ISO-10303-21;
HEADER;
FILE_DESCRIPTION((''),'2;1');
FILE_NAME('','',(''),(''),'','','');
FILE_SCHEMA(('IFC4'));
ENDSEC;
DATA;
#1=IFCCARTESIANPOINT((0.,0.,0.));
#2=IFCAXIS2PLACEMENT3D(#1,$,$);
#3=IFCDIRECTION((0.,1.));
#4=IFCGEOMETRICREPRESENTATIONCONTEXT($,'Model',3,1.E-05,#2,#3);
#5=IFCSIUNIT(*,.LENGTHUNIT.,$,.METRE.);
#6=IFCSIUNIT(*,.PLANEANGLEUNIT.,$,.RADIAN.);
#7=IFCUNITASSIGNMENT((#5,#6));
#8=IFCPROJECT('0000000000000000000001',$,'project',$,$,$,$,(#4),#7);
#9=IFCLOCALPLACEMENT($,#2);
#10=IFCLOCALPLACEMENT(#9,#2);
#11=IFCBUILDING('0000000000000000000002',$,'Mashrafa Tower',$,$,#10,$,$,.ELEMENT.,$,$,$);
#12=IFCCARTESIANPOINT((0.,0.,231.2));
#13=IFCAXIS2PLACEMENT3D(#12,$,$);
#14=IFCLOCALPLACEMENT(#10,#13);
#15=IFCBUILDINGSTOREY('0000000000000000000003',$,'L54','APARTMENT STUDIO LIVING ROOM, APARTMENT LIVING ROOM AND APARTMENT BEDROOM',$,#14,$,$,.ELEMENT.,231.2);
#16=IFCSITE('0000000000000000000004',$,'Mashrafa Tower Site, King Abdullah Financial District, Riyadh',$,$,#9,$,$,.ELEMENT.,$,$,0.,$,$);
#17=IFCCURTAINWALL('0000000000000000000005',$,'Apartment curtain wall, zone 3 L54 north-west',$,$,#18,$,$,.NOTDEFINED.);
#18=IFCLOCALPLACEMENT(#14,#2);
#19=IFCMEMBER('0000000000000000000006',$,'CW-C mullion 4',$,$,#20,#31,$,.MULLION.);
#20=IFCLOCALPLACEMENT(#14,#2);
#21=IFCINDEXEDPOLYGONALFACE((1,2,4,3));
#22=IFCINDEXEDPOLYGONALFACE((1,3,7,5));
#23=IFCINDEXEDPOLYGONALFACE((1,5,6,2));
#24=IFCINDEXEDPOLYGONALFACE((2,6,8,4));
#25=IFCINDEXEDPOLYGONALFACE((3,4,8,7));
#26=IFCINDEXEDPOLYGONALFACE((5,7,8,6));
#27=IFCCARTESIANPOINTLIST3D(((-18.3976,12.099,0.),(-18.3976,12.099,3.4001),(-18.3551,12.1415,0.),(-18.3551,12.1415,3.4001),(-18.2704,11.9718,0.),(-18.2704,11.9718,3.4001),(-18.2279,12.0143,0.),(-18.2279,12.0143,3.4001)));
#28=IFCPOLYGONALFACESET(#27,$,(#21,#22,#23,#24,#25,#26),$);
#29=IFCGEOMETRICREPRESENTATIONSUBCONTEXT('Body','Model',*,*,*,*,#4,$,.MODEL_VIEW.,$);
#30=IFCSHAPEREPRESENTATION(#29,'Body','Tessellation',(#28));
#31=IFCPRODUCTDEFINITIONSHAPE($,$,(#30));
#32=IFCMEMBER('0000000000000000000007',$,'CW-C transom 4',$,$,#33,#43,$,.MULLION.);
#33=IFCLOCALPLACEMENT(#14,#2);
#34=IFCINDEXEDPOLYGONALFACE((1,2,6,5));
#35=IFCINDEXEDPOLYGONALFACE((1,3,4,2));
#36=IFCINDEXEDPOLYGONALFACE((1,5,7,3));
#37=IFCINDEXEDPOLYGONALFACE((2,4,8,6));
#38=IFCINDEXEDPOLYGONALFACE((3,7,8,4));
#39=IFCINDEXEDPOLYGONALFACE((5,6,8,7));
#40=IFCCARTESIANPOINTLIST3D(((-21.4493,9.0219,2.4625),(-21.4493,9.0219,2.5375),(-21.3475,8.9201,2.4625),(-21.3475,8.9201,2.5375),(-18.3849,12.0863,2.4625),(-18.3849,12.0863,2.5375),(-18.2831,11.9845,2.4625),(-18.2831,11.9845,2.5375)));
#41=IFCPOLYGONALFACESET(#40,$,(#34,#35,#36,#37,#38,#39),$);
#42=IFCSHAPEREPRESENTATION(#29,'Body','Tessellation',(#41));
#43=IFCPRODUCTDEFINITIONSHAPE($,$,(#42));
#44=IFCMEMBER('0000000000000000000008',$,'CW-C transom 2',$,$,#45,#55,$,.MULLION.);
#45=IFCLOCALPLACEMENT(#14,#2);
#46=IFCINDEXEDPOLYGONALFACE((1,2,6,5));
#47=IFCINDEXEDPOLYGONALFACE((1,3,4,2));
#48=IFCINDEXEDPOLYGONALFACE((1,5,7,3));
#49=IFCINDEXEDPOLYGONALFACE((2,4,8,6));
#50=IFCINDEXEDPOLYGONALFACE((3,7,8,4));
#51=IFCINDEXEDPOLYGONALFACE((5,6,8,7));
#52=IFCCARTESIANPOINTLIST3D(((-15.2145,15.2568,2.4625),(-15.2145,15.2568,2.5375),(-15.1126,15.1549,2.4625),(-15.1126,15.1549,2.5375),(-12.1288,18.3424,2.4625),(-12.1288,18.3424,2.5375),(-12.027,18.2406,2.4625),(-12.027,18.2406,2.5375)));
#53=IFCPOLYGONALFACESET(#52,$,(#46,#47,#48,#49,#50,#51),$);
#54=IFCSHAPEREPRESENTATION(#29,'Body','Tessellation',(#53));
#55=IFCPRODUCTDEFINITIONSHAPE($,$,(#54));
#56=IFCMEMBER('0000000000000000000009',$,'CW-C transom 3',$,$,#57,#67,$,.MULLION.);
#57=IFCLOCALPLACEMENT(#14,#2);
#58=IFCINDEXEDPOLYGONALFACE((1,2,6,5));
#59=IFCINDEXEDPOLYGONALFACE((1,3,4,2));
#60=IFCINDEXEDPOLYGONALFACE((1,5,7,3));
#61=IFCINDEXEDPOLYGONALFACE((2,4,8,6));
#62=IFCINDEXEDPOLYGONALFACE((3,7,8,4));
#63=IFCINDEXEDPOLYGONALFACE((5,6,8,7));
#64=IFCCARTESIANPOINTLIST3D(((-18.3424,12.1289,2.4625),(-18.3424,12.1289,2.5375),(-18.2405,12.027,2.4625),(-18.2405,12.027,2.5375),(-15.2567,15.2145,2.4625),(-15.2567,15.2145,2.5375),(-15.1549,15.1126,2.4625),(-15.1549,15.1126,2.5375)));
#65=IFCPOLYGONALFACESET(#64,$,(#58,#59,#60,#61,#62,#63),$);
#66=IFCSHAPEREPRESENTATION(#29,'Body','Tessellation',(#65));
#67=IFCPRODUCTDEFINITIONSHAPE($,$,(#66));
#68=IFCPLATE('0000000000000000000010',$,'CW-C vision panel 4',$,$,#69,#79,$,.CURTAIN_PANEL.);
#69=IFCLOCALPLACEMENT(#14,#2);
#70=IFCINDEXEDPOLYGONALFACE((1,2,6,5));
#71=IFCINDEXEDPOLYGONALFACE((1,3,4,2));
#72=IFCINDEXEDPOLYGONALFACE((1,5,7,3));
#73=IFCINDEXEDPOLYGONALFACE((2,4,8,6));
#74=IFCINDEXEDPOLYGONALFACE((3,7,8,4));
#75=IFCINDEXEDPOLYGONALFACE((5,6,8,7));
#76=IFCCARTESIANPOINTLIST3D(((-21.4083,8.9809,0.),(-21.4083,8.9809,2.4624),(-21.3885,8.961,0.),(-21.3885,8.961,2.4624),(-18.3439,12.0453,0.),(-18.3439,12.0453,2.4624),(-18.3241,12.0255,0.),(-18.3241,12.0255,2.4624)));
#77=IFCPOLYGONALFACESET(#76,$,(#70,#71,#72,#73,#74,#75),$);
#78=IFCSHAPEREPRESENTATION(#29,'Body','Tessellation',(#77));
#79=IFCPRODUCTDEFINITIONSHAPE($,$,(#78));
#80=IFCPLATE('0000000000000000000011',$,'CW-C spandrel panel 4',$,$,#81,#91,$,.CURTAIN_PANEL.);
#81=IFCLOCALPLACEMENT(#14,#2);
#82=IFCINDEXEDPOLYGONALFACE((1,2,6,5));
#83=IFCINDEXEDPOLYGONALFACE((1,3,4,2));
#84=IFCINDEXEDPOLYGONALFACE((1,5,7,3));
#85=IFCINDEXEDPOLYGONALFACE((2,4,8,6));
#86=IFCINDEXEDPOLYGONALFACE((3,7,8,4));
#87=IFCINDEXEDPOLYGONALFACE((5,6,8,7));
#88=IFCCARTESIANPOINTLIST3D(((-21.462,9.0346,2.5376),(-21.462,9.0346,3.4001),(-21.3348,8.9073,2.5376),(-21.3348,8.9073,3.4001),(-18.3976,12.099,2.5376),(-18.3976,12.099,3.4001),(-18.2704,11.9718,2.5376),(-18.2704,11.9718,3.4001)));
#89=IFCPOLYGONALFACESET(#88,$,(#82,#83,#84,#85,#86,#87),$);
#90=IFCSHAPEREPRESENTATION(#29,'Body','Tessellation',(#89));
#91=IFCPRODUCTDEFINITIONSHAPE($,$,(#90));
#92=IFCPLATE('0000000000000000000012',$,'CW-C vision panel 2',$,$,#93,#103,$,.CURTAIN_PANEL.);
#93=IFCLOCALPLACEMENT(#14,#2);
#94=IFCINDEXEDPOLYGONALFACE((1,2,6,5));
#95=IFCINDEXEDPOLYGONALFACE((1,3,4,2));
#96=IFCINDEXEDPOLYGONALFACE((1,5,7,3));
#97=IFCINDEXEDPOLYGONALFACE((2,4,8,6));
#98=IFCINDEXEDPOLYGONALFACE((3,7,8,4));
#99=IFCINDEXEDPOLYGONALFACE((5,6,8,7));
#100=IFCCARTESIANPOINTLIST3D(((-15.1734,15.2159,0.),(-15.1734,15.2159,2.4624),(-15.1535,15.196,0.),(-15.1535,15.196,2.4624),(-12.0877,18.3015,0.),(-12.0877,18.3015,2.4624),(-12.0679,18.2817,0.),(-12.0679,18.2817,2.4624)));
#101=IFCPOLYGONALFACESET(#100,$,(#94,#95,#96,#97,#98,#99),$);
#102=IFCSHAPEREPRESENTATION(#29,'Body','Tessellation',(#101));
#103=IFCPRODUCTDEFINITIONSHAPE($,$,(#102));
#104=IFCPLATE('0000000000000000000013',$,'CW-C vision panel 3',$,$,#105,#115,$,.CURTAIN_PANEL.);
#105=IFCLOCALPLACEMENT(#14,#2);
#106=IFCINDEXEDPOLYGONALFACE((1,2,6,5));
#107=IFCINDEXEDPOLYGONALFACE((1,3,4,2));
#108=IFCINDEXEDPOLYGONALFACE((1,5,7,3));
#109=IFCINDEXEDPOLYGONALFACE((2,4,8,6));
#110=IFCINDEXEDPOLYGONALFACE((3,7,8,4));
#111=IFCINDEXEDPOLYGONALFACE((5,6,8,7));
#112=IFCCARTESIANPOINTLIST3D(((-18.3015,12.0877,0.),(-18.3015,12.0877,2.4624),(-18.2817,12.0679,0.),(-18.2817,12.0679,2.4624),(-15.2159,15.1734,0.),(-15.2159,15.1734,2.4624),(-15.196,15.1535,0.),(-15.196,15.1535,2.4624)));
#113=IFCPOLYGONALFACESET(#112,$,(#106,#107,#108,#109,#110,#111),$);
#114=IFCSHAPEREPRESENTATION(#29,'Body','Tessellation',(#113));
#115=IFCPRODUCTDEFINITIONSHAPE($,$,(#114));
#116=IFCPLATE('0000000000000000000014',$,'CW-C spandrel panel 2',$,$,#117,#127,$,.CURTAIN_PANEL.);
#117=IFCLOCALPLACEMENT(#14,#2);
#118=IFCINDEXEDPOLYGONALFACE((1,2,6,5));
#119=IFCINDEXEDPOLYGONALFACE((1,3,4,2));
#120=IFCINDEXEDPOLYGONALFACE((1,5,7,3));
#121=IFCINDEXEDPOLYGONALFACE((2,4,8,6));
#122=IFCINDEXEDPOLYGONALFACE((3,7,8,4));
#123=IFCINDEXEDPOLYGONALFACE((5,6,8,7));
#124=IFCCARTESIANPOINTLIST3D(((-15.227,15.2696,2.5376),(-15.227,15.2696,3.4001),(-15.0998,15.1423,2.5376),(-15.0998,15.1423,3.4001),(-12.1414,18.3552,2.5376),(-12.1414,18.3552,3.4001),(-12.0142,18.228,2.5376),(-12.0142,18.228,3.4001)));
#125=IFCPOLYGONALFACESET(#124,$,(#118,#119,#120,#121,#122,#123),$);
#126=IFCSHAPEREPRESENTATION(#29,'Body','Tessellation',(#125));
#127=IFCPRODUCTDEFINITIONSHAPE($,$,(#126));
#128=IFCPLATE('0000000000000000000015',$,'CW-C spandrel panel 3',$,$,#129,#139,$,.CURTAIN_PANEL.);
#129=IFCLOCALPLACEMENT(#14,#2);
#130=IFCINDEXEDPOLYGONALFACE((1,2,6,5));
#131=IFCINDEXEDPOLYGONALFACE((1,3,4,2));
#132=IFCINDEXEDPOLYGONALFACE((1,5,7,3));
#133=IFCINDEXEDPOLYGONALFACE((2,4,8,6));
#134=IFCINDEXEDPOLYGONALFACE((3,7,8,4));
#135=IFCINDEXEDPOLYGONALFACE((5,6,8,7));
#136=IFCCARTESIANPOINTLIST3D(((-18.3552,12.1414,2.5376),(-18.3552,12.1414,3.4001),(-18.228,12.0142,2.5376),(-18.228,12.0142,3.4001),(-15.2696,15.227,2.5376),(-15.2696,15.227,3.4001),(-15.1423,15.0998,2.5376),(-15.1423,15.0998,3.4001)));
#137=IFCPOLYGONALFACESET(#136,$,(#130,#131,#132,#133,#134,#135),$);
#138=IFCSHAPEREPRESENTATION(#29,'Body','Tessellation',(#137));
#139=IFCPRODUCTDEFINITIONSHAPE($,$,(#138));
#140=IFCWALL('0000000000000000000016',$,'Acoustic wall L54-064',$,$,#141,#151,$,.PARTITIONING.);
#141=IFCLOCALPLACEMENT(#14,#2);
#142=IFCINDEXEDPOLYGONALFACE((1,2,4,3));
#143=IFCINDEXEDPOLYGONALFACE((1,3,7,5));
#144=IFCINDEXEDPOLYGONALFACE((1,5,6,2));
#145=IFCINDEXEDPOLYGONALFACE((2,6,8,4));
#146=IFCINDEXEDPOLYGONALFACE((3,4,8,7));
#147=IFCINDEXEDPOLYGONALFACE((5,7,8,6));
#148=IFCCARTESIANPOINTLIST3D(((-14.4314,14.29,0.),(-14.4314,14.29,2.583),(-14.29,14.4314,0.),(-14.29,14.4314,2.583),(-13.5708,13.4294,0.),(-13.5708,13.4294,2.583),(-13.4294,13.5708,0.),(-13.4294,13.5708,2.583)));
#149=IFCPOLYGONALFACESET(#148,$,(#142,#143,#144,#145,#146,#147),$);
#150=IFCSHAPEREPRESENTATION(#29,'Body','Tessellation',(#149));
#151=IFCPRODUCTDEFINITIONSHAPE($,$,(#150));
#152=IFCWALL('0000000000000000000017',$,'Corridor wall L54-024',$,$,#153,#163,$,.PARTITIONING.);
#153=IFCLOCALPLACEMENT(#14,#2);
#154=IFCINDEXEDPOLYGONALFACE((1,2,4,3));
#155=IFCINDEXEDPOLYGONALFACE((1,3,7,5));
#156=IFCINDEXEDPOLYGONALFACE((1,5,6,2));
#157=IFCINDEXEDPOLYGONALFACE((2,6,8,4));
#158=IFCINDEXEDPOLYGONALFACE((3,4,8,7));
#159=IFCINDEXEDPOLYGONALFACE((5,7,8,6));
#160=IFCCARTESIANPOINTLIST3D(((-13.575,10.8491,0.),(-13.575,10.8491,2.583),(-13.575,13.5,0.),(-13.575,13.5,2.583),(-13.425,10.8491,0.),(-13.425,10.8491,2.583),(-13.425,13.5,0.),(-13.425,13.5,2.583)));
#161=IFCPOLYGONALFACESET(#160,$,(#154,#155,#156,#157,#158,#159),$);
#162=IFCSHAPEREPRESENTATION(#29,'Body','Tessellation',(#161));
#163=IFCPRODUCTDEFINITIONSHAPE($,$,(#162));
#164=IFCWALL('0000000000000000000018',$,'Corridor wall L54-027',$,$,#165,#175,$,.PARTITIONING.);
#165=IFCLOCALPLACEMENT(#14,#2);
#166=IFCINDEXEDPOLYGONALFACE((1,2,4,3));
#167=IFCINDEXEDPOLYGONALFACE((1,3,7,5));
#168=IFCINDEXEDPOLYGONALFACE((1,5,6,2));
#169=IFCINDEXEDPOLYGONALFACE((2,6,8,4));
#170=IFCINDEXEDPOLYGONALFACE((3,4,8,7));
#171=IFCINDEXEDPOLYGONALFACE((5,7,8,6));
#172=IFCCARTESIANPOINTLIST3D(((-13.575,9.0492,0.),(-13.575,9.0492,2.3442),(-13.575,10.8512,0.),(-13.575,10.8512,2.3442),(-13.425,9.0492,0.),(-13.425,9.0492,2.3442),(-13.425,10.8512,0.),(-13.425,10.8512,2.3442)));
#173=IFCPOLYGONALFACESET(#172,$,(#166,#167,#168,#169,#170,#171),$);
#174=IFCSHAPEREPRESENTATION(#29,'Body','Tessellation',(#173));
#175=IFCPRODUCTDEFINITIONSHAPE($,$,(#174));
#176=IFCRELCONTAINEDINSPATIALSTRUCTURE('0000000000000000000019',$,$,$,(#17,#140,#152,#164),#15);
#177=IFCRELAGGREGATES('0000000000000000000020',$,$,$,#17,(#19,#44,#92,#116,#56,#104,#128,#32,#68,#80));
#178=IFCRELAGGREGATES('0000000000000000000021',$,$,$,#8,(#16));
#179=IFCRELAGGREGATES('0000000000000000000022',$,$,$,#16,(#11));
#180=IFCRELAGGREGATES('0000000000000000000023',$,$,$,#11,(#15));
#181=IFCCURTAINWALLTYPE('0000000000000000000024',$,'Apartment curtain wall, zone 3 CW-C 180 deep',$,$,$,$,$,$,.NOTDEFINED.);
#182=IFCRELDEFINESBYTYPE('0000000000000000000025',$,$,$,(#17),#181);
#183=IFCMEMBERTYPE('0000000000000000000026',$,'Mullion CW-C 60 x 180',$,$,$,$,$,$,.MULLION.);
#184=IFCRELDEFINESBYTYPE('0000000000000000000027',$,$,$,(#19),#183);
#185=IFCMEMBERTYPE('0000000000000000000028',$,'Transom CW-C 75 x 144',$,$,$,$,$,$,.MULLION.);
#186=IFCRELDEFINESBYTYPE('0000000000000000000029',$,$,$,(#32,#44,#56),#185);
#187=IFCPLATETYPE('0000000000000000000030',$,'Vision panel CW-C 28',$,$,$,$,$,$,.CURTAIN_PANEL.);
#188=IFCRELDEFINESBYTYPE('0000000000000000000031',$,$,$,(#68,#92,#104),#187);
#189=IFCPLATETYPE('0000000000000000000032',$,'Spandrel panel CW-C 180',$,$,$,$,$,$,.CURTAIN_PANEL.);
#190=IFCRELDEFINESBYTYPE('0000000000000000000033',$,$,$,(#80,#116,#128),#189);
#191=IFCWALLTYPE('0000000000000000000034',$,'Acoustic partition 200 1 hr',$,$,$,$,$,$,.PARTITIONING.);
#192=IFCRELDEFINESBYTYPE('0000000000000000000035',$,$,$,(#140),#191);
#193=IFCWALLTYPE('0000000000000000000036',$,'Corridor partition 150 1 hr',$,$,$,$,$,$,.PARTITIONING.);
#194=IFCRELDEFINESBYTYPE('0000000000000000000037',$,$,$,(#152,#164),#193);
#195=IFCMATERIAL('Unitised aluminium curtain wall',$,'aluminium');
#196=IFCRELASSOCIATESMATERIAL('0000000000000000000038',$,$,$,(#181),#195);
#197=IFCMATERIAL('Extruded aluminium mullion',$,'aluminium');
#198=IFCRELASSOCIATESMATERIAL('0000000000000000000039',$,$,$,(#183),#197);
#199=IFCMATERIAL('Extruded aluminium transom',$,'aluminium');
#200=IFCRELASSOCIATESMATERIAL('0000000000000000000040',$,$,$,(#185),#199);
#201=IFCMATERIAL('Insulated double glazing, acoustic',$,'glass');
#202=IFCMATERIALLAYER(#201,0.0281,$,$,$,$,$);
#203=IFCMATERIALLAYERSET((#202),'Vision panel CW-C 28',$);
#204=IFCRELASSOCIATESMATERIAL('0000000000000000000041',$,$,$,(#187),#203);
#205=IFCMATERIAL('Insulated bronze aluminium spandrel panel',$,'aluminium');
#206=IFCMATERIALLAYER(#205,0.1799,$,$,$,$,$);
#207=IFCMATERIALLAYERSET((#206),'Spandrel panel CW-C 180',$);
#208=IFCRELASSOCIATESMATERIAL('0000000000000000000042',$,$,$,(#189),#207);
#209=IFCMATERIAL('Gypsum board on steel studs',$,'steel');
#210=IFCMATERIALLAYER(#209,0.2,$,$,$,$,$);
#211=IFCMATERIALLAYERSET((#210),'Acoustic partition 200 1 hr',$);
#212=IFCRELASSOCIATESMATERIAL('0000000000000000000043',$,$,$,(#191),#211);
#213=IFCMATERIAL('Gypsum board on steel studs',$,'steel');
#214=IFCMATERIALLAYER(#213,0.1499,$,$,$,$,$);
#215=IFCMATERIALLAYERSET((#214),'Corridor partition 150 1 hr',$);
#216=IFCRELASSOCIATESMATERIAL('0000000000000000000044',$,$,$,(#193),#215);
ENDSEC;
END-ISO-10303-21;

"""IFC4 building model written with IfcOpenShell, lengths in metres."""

from ifc_helpers import new_model, si_unit, direction, frame, frame_2d, origin, origin_2d, place, context, subcontext, project, spatial, rectangle, extrude, source, transform, mapped, material, layer, layer_set, material_profile, profile_set, type_object, type_shapes, element, aggregate, save


model = new_model("IFC4")

# Units and contexts
model_context = context("Model", 3, precision=1e-05, world=origin(), true_north=direction((0.0, 1.0)))
body_context = subcontext(model_context, "Body", "Model", "MODEL_VIEW")
ifc_project = project(units=[si_unit("LENGTHUNIT", "METRE"), si_unit("PLANEANGLEUNIT", "RADIAN")], contexts=[model_context])

# Site, building, storey
site_placement = place(None, origin())
site = spatial("IfcSite", under=ifc_project, at=site_placement, Name="Mashrafa Tower Site, King Abdullah Financial District, Riyadh", CompositionType="ELEMENT", RefElevation=0.0)
building_placement = place(site_placement, origin())
building = spatial("IfcBuilding", under=site, at=building_placement, Name="Mashrafa Tower", CompositionType="ELEMENT")
storey_placement = place(building_placement, frame((0.0, 0.0, 231.2)))
storey = spatial("IfcBuildingStorey", under=building, at=storey_placement, Name="L54", Description="APARTMENT STUDIO LIVING ROOM, APARTMENT LIVING ROOM AND APARTMENT BEDROOM", CompositionType="ELEMENT", Elevation=231.2)

# Curtain wall, members, plates
ifc_material_1 = material(Name="Unitised aluminium curtain wall", Category="aluminium")
curtain_wall_type = type_object("IfcCurtainWallType", Name="Apartment curtain wall, zone 3 CW-C 180 deep", PredefinedType="NOTDEFINED", material=ifc_material_1)
curtain_wall_placement = place(storey_placement, origin())
curtain_wall = element("IfcCurtainWall", 1, at=curtain_wall_placement, inside=storey, type_object=curtain_wall_type, Name="Apartment curtain wall, zone 3 L54 north-west", PredefinedType="NOTDEFINED")
ifc_material_2 = material(Name="Extruded aluminium mullion", Category="aluminium")
ifc_material_profile_1 = material_profile(ifc_material_2, rectangle(XDim=0.1799, YDim=0.0601, at=origin_2d()), Name="Mullion 60x180")
ifc_profile_set_1 = profile_set([ifc_material_profile_1], Name="Extruded aluminium mullion")
member_type_1 = type_object("IfcMemberType", Name="Mullion CW-C 60 x 180", PredefinedType="MULLION", material=ifc_profile_set_1)
shared_shape_1 = source(origin(), body_context, "Body", "SweptSolid", [
    extrude(rectangle(XDim=0.1799, YDim=0.0601, at=origin_2d()), origin(), (0.0, 0.0, 1.0), 3.4001),
])
type_shapes(member_type_1, [shared_shape_1])
member_1_placement = place(storey_placement, frame((-18.3127, 12.0566, 0.0), z_axis=(0.0, 0.0, 1.0), x_axis=(0.707107, -0.707107, 0.0)))
member_1 = element("IfcMember", 2, at=member_1_placement, type_object=member_type_1, Name="CW-C mullion 4", PredefinedType="MULLION", context=body_context, shape_type="MappedRepresentation", body=[
    mapped(shared_shape_1, transform((0.0, 0.0, 0.0))),
])
ifc_material_3 = material(Name="Extruded aluminium transom", Category="aluminium")
ifc_material_profile_2 = material_profile(ifc_material_3, rectangle(XDim=0.144, YDim=0.075, at=origin_2d()), Name="Transom 75x144")
ifc_profile_set_2 = profile_set([ifc_material_profile_2], Name="Extruded aluminium transom")
member_type_2 = type_object("IfcMemberType", Name="Transom CW-C 75 x 144", PredefinedType="MULLION", material=ifc_profile_set_2)
shared_shape_2 = source(origin(), body_context, "Body", "SweptSolid", [
    extrude(rectangle(XDim=0.144, YDim=0.075, at=origin_2d()), origin(), (0.0, 0.0, 1.0), 4.3337),
])
member_2_placement = place(storey_placement, frame((-18.334, 12.0354, 2.5), z_axis=(-0.707107, -0.707107, 0.0), x_axis=(0.707107, -0.707107, 0.0)))
member_2 = element("IfcMember", 3, at=member_2_placement, type_object=member_type_2, Name="CW-C transom 4", PredefinedType="MULLION", context=body_context, shape_type="MappedRepresentation", body=[
    mapped(shared_shape_2, transform((0.0, 0.0, 0.0))),
])
shared_shape_3 = source(origin(), body_context, "Body", "SweptSolid", [
    extrude(rectangle(XDim=0.144, YDim=0.075, at=origin_2d()), origin(), (0.0, 0.0, 1.0), 4.3638),
])
type_shapes(member_type_2, [shared_shape_2, shared_shape_3])
member_3_placement = place(storey_placement, frame((-12.0779, 18.2915, 2.5), z_axis=(-0.707107, -0.707107, 0.0), x_axis=(0.707107, -0.707107, 0.0)))
member_3 = element("IfcMember", 4, at=member_3_placement, type_object=member_type_2, Name="CW-C transom 2", PredefinedType="MULLION", context=body_context, shape_type="MappedRepresentation", body=[
    mapped(shared_shape_3, transform((0.0, 0.0, 0.0))),
])
member_4_placement = place(storey_placement, frame((-15.2058, 15.1636, 2.5), z_axis=(-0.707107, -0.707107, 0.0), x_axis=(0.707107, -0.707107, 0.0)))
member_4 = element("IfcMember", 5, at=member_4_placement, type_object=member_type_2, Name="CW-C transom 3", PredefinedType="MULLION", context=body_context, shape_type="MappedRepresentation", body=[
    mapped(shared_shape_3, transform((0.0, 0.0, 0.0))),
])
ifc_material_4 = material(Name="Insulated double glazing, acoustic", Category="glass")
ifc_layer_1 = layer(ifc_material_4, 0.0281)
ifc_layer_set_1 = layer_set([ifc_layer_1], Name="Vision panel CW-C 28")
plate_type_1 = type_object("IfcPlateType", Name="Vision panel CW-C 28", PredefinedType="CURTAIN_PANEL", material=ifc_layer_set_1)
shared_shape_4 = source(origin(), body_context, "Body", "SweptSolid", [
    extrude(rectangle(XDim=4.3337, YDim=0.0281, at=origin_2d()), origin(), (0.0, 0.0, 1.0), 2.4624),
])
plate_1_placement = place(storey_placement, frame((-19.8662, 10.5032, 0.0), z_axis=(0.0, 0.0, 1.0), x_axis=(-0.707107, -0.707107, 0.0)))
plate_1 = element("IfcPlate", 6, at=plate_1_placement, type_object=plate_type_1, Name="CW-C vision panel 4", PredefinedType="CURTAIN_PANEL", context=body_context, shape_type="MappedRepresentation", body=[
    mapped(shared_shape_4, transform((0.0, 0.0, 0.0))),
])
ifc_material_5 = material(Name="Insulated bronze aluminium spandrel panel", Category="aluminium")
ifc_layer_2 = layer(ifc_material_5, 0.1799)
ifc_layer_set_2 = layer_set([ifc_layer_2], Name="Spandrel panel CW-C 180")
plate_type_2 = type_object("IfcPlateType", Name="Spandrel panel CW-C 180", PredefinedType="CURTAIN_PANEL", material=ifc_layer_set_2)
shared_shape_5 = source(origin(), body_context, "Body", "SweptSolid", [
    extrude(rectangle(XDim=4.3337, YDim=0.1799, at=origin_2d()), origin(), (0.0, 0.0, 1.0), 0.8625),
])
plate_2_placement = place(storey_placement, frame((-19.8662, 10.5032, 2.5376), z_axis=(0.0, 0.0, 1.0), x_axis=(-0.707107, -0.707107, 0.0)))
plate_2 = element("IfcPlate", 7, at=plate_2_placement, type_object=plate_type_2, Name="CW-C spandrel panel 4", PredefinedType="CURTAIN_PANEL", context=body_context, shape_type="MappedRepresentation", body=[
    mapped(shared_shape_5, transform((0.0, 0.0, 0.0))),
])
shared_shape_6 = source(origin(), body_context, "Body", "SweptSolid", [
    extrude(rectangle(XDim=4.3638, YDim=0.0281, at=origin_2d()), origin(), (0.0, 0.0, 1.0), 2.4624),
])
type_shapes(plate_type_1, [shared_shape_4, shared_shape_6])
plate_3_placement = place(storey_placement, frame((-13.6206, 16.7488, 0.0), z_axis=(0.0, 0.0, 1.0), x_axis=(-0.707107, -0.707107, 0.0)))
plate_3 = element("IfcPlate", 8, at=plate_3_placement, type_object=plate_type_1, Name="CW-C vision panel 2", PredefinedType="CURTAIN_PANEL", context=body_context, shape_type="MappedRepresentation", body=[
    mapped(shared_shape_6, transform((0.0, 0.0, 0.0))),
])
plate_4_placement = place(storey_placement, frame((-16.7488, 13.6206, 0.0), z_axis=(0.0, 0.0, 1.0), x_axis=(-0.707107, -0.707107, 0.0)))
plate_4 = element("IfcPlate", 9, at=plate_4_placement, type_object=plate_type_1, Name="CW-C vision panel 3", PredefinedType="CURTAIN_PANEL", context=body_context, shape_type="MappedRepresentation", body=[
    mapped(shared_shape_6, transform((0.0, 0.0, 0.0))),
])
shared_shape_7 = source(origin(), body_context, "Body", "SweptSolid", [
    extrude(rectangle(XDim=4.3638, YDim=0.1799, at=origin_2d()), origin(), (0.0, 0.0, 1.0), 0.8625),
])
type_shapes(plate_type_2, [shared_shape_5, shared_shape_7])
plate_5_placement = place(storey_placement, frame((-13.6206, 16.7488, 2.5376), z_axis=(0.0, 0.0, 1.0), x_axis=(-0.707107, -0.707107, 0.0)))
plate_5 = element("IfcPlate", 10, at=plate_5_placement, type_object=plate_type_2, Name="CW-C spandrel panel 2", PredefinedType="CURTAIN_PANEL", context=body_context, shape_type="MappedRepresentation", body=[
    mapped(shared_shape_7, transform((0.0, 0.0, 0.0))),
])
plate_6_placement = place(storey_placement, frame((-16.7488, 13.6206, 2.5376), z_axis=(0.0, 0.0, 1.0), x_axis=(-0.707107, -0.707107, 0.0)))
plate_6 = element("IfcPlate", 11, at=plate_6_placement, type_object=plate_type_2, Name="CW-C spandrel panel 3", PredefinedType="CURTAIN_PANEL", context=body_context, shape_type="MappedRepresentation", body=[
    mapped(shared_shape_7, transform((0.0, 0.0, 0.0))),
])
aggregate(curtain_wall, [member_1, member_3, plate_3, plate_5, member_4, plate_4, plate_6, member_2, plate_1, plate_2])

# Walls
ifc_material_6 = material(Name="Gypsum board on steel studs", Category="steel")
ifc_layer_3 = layer(ifc_material_6, 0.2)
ifc_layer_set_3 = layer_set([ifc_layer_3], Name="Acoustic partition 200 1 hr")
wall_type_1 = type_object("IfcWallType", Name="Acoustic partition 200 1 hr", PredefinedType="PARTITIONING", material=ifc_layer_set_3)
wall_1_placement = place(storey_placement, frame((-14.3606, 14.3606, 0.0), z_axis=(0.0, 0.0, 1.0), x_axis=(0.707107, -0.707107, 0.0)))
element("IfcWall", 12, at=wall_1_placement, inside=storey, type_object=wall_type_1, Name="Acoustic wall L54-064", PredefinedType="PARTITIONING", context=body_context, shape_type="SweptSolid", body=[
    extrude(rectangle(XDim=1.217, YDim=0.2, at=frame_2d((0.6084, 0.0))), origin(), (0.0, 0.0, 1.0), 2.583),
])
ifc_material_7 = material(Name="Gypsum board on steel studs", Category="steel")
ifc_layer_4 = layer(ifc_material_7, 0.1499)
ifc_layer_set_4 = layer_set([ifc_layer_4], Name="Corridor partition 150 1 hr")
wall_type_2 = type_object("IfcWallType", Name="Corridor partition 150 1 hr", PredefinedType="PARTITIONING", material=ifc_layer_set_4)
wall_2_placement = place(storey_placement, frame((-13.5, 13.5, 0.0), z_axis=(0.0, 0.0, 1.0), x_axis=(0.0, -1.0, 0.0)))
element("IfcWall", 13, at=wall_2_placement, inside=storey, type_object=wall_type_2, Name="Corridor wall L54-024", PredefinedType="PARTITIONING", context=body_context, shape_type="SweptSolid", body=[
    extrude(rectangle(XDim=2.6509, YDim=0.1499, at=frame_2d((1.3254, 0.0))), origin(), (0.0, 0.0, 1.0), 2.583),
])
wall_3_placement = place(storey_placement, frame((-13.5, 10.8511, 0.0), z_axis=(0.0, 0.0, 1.0), x_axis=(0.0, -1.0, 0.0)))
element("IfcWall", 14, at=wall_3_placement, inside=storey, type_object=wall_type_2, Name="Corridor wall L54-027", PredefinedType="PARTITIONING", context=body_context, shape_type="SweptSolid", body=[
    extrude(rectangle(XDim=1.802, YDim=0.1499, at=frame_2d((0.9009, 0.0))), origin(), (0.0, 0.0, 1.0), 2.3442),
])

save(model, "model.ifc")
